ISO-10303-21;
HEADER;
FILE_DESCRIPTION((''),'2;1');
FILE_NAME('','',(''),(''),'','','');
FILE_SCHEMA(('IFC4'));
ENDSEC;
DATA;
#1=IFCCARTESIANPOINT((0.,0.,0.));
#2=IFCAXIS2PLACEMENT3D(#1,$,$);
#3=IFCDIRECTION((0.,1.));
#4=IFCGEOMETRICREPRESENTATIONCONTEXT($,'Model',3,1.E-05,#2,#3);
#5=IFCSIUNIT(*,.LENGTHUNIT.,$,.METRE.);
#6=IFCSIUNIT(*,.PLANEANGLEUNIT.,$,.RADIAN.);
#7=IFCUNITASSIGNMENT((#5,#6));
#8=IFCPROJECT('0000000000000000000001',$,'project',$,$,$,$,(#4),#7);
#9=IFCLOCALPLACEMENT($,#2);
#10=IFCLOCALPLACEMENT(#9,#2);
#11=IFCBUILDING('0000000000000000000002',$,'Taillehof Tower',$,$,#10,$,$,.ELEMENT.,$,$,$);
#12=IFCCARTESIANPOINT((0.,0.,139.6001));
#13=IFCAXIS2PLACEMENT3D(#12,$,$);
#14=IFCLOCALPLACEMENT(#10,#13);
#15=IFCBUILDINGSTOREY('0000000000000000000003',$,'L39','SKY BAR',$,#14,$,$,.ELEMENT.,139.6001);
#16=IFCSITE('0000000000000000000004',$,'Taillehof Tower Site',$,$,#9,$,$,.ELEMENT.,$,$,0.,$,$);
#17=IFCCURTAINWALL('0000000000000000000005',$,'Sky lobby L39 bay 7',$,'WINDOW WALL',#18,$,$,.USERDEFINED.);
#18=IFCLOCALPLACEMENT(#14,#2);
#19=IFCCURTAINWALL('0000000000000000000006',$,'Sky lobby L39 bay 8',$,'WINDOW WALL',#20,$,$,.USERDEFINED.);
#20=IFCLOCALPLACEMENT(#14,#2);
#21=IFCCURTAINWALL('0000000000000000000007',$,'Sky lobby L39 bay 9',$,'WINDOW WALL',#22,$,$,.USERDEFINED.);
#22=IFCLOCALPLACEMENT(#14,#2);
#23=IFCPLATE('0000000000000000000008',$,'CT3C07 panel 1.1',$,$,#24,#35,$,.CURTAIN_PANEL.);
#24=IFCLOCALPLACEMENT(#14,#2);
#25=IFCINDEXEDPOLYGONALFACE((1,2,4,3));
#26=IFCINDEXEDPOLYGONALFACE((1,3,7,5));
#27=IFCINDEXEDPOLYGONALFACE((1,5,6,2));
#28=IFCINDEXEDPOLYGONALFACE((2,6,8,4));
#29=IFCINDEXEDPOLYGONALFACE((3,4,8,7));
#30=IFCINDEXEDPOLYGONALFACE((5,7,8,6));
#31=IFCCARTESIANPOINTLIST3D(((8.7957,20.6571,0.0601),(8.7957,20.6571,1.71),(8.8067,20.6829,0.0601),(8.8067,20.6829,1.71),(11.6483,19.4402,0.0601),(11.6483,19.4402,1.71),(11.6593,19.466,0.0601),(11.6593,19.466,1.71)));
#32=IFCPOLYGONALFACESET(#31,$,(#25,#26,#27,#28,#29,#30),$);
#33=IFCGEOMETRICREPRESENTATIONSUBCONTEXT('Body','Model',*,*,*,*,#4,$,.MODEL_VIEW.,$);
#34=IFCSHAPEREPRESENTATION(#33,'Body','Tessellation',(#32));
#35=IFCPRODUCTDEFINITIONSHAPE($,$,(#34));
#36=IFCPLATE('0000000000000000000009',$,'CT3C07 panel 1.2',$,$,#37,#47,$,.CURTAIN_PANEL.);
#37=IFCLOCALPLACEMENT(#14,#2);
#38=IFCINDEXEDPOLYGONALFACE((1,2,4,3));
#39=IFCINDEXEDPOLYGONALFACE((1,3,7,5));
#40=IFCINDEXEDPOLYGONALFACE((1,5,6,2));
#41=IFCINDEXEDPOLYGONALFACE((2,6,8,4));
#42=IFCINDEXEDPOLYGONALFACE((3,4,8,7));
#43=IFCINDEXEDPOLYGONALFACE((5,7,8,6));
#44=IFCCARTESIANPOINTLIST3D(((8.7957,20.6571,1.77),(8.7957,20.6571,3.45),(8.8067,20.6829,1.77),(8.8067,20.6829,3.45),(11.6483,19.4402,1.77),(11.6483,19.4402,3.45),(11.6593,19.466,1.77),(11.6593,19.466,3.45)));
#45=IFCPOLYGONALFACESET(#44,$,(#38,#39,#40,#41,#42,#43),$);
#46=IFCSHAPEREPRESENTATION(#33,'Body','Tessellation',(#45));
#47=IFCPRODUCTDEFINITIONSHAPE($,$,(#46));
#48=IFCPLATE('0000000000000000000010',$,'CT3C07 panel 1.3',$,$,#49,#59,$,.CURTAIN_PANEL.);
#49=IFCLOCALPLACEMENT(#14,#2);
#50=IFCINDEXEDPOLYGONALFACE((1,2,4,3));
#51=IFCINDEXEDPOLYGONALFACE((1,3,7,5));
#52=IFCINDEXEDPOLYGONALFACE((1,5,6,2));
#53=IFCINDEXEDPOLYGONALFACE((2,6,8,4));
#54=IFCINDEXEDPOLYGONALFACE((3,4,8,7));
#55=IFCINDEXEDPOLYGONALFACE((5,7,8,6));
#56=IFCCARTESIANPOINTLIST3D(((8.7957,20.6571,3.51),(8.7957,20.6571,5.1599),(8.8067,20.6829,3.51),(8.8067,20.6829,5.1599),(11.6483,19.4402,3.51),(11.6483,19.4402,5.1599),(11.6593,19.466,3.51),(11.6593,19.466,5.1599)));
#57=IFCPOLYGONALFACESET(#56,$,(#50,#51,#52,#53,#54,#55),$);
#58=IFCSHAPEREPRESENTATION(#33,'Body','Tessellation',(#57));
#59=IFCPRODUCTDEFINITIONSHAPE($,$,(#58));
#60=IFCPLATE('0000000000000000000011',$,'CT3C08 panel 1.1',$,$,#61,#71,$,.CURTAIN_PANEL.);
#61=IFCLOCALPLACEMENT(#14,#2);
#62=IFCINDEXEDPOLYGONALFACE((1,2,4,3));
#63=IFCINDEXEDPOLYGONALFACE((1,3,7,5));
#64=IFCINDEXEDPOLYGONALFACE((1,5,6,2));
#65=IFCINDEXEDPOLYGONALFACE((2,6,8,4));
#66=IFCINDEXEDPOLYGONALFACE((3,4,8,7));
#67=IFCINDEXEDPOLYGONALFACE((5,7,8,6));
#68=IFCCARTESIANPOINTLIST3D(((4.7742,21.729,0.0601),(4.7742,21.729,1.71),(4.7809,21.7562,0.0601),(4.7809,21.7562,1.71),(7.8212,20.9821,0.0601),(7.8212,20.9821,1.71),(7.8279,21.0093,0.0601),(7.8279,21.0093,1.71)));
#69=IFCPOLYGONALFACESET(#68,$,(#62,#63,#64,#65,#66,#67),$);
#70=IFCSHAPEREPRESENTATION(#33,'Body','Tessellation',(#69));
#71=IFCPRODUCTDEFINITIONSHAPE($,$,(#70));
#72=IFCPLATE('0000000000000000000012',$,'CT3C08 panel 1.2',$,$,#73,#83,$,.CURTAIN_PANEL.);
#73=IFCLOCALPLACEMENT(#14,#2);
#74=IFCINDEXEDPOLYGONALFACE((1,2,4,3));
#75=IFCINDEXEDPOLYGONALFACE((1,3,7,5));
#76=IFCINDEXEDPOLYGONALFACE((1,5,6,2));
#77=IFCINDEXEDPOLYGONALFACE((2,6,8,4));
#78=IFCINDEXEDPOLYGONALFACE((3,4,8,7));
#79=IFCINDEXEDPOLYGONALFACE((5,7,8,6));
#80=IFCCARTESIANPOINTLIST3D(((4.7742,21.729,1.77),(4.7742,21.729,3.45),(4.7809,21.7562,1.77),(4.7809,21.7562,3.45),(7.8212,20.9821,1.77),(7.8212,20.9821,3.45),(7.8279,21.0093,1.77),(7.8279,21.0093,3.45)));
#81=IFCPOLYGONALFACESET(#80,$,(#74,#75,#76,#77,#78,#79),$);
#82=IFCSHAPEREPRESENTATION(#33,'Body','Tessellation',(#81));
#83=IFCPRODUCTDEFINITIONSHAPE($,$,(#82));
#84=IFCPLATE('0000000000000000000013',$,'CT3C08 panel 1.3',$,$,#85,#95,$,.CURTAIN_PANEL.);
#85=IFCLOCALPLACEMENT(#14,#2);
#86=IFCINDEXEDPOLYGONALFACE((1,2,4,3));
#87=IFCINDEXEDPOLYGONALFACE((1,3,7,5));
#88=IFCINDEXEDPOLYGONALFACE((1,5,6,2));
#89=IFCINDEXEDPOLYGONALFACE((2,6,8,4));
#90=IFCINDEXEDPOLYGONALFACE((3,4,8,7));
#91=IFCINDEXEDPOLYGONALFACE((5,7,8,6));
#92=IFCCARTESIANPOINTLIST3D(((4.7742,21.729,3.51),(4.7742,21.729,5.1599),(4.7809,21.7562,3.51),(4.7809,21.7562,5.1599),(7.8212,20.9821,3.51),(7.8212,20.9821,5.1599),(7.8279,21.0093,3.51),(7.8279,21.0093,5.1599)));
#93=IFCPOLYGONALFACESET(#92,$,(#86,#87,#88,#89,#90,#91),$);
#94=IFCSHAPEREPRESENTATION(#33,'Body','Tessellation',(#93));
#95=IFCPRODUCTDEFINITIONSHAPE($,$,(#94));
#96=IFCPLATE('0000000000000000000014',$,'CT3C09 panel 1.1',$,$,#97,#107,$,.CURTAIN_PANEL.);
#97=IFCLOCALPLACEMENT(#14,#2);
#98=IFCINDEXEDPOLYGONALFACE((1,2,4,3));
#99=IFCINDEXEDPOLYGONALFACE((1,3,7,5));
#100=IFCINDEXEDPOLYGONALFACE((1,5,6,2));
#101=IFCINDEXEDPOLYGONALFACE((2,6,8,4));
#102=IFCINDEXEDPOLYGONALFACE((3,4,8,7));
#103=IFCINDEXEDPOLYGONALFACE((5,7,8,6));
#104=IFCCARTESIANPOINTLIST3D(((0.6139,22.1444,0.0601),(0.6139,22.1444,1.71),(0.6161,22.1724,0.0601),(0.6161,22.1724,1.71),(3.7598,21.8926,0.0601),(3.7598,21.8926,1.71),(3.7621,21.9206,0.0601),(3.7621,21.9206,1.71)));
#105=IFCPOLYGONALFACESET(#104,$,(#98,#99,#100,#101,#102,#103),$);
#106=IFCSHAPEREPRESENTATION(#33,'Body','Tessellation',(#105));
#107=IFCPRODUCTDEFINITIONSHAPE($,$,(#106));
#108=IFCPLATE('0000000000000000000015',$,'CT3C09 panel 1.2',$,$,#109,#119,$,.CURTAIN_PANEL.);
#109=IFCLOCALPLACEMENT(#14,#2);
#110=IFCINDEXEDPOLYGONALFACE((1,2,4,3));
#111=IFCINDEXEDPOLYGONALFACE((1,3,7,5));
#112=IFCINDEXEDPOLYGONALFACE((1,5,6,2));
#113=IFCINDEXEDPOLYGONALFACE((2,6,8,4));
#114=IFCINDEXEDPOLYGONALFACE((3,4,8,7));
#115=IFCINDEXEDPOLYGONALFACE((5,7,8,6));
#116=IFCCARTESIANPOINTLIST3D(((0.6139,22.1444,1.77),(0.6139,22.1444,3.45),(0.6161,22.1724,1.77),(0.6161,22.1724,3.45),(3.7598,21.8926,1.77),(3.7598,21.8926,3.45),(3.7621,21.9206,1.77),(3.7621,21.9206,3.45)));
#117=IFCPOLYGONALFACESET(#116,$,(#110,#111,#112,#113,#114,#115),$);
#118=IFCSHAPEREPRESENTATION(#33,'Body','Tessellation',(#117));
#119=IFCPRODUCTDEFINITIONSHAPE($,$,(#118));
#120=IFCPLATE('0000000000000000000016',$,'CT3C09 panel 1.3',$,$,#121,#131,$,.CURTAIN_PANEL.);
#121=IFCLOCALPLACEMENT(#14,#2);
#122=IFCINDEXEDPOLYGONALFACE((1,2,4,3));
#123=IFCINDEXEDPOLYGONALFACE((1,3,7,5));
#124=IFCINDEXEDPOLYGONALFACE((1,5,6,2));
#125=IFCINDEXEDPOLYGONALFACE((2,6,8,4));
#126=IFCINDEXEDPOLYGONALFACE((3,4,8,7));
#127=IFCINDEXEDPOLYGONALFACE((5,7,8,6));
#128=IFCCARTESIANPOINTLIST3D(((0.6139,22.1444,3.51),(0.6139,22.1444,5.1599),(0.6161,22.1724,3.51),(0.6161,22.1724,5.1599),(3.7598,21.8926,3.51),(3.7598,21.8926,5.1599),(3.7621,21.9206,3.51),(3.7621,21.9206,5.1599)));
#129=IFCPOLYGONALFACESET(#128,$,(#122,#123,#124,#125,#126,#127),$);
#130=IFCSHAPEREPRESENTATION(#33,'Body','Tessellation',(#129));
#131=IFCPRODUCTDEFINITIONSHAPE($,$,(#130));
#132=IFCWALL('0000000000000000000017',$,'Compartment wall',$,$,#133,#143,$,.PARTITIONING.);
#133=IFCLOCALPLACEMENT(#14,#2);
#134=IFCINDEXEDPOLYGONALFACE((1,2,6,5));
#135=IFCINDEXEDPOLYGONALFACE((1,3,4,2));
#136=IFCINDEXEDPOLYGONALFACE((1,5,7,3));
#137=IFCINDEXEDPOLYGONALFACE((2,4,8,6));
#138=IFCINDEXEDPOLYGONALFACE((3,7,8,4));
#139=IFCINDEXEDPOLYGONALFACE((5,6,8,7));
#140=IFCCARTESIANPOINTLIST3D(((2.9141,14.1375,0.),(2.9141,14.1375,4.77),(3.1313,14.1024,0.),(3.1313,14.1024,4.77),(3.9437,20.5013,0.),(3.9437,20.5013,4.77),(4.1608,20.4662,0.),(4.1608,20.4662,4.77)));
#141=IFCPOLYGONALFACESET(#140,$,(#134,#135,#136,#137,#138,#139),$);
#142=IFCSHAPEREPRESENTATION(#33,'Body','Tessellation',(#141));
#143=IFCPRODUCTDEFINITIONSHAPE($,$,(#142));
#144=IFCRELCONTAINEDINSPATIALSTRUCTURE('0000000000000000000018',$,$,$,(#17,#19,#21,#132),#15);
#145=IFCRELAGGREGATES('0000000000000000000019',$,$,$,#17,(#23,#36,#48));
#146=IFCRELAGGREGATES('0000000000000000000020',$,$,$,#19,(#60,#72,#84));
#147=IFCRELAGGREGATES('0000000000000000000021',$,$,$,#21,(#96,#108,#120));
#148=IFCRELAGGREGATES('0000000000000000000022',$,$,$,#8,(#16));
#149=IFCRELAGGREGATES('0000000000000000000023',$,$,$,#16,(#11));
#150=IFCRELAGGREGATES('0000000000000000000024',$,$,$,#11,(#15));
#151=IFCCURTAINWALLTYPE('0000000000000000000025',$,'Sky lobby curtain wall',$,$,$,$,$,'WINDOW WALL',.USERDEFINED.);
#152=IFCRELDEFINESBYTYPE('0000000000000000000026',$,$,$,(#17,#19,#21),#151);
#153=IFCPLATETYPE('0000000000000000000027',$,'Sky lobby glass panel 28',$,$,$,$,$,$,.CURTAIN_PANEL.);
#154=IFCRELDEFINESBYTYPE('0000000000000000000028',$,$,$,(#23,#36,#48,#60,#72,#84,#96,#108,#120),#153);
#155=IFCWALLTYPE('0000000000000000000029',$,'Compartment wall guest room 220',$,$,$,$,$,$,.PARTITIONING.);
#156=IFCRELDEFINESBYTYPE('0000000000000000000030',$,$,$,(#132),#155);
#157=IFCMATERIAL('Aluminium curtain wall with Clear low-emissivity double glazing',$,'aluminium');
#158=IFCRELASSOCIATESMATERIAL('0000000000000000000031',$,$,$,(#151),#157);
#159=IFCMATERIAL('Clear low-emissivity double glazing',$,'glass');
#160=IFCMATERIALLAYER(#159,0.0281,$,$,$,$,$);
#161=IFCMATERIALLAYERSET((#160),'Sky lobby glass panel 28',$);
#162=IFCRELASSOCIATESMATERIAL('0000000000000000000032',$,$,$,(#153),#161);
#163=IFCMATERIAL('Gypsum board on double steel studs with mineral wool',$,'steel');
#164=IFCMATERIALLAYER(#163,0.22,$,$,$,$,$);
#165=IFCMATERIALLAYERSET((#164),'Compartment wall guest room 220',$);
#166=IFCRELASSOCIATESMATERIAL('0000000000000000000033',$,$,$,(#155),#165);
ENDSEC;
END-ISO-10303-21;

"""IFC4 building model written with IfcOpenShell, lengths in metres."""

from ifc_helpers import new_model, si_unit, direction, frame, frame_2d, origin, origin_2d, place, context, subcontext, project, spatial, rectangle, extrude, material, layer, layer_set, type_object, element, aggregate, save


model = new_model("IFC4")

# Units and contexts
model_context = context("Model", 3, precision=1e-05, world=origin(), true_north=direction((0.0, 1.0)))
body_context = subcontext(model_context, "Body", "Model", "MODEL_VIEW")
ifc_project = project(units=[si_unit("LENGTHUNIT", "METRE"), si_unit("PLANEANGLEUNIT", "RADIAN")], contexts=[model_context])

# Site, building, storey
site_placement = place(None, origin())
site = spatial("IfcSite", under=ifc_project, at=site_placement, Name="Taillehof Tower Site", CompositionType="ELEMENT", RefElevation=0.0)
building_placement = place(site_placement, origin())
building = spatial("IfcBuilding", under=site, at=building_placement, Name="Taillehof Tower", CompositionType="ELEMENT")
storey_placement = place(building_placement, frame((0.0, 0.0, 139.6001)))
storey = spatial("IfcBuildingStorey", under=building, at=storey_placement, Name="L39", Description="SKY BAR", CompositionType="ELEMENT", Elevation=139.6001)

# Shared definitions
ifc_material_1 = material(Name="Aluminium curtain wall with Clear low-emissivity double glazing", Category="aluminium")
curtain_wall_type = type_object("IfcCurtainWallType", Name="Sky lobby curtain wall", ElementType="WINDOW WALL", PredefinedType="USERDEFINED", material=ifc_material_1)

# Curtain walls
curtain_wall_1_placement = place(storey_placement, origin())
curtain_wall_1 = element("IfcCurtainWall", 1, at=curtain_wall_1_placement, inside=storey, type_object=curtain_wall_type, Name="Sky lobby L39 bay 7", ObjectType="WINDOW WALL", PredefinedType="USERDEFINED")
curtain_wall_2_placement = place(storey_placement, origin())
curtain_wall_2 = element("IfcCurtainWall", 2, at=curtain_wall_2_placement, inside=storey, type_object=curtain_wall_type, Name="Sky lobby L39 bay 8", ObjectType="WINDOW WALL", PredefinedType="USERDEFINED")
curtain_wall_3_placement = place(storey_placement, origin())
curtain_wall_3 = element("IfcCurtainWall", 3, at=curtain_wall_3_placement, inside=storey, type_object=curtain_wall_type, Name="Sky lobby L39 bay 9", ObjectType="WINDOW WALL", PredefinedType="USERDEFINED")

# Plates
ifc_material_2 = material(Name="Clear low-emissivity double glazing", Category="glass")
ifc_layer_1 = layer(ifc_material_2, 0.0281)
ifc_layer_set_1 = layer_set([ifc_layer_1], Name="Sky lobby glass panel 28")
plate_type = type_object("IfcPlateType", Name="Sky lobby glass panel 28", PredefinedType="CURTAIN_PANEL", material=ifc_layer_set_1)
plate_1_placement = place(storey_placement, frame((10.2275, 20.0615, 0.0601), z_axis=(0.0, 0.0, 1.0), x_axis=(-0.919804, 0.392379, 0.0)))
plate_1 = element("IfcPlate", 4, at=plate_1_placement, type_object=plate_type, Name="CT3C07 panel 1.1", PredefinedType="CURTAIN_PANEL", context=body_context, shape_type="SweptSolid", body=[
    extrude(rectangle(XDim=3.1013, YDim=0.0281, at=origin_2d()), origin(), (0.0, 0.0, 1.0), 1.6499),
])
plate_2_placement = place(storey_placement, frame((10.2275, 20.0615, 1.77), z_axis=(0.0, 0.0, 1.0), x_axis=(-0.919804, 0.392379, 0.0)))
plate_2 = element("IfcPlate", 5, at=plate_2_placement, type_object=plate_type, Name="CT3C07 panel 1.2", PredefinedType="CURTAIN_PANEL", context=body_context, shape_type="SweptSolid", body=[
    extrude(rectangle(XDim=3.1013, YDim=0.0281, at=origin_2d()), origin(), (0.0, 0.0, 1.0), 1.6799),
])
plate_3_placement = place(storey_placement, frame((10.2275, 20.0615, 3.51), z_axis=(0.0, 0.0, 1.0), x_axis=(-0.919804, 0.392379, 0.0)))
plate_3 = element("IfcPlate", 6, at=plate_3_placement, type_object=plate_type, Name="CT3C07 panel 1.3", PredefinedType="CURTAIN_PANEL", context=body_context, shape_type="SweptSolid", body=[
    extrude(rectangle(XDim=3.1013, YDim=0.0281, at=origin_2d()), origin(), (0.0, 0.0, 1.0), 1.6499),
])
aggregate(curtain_wall_1, [plate_1, plate_2, plate_3])
plate_4_placement = place(storey_placement, frame((6.301, 21.3691, 0.0601), z_axis=(0.0, 0.0, 1.0), x_axis=(-0.971246, 0.238077, 0.0)))
plate_4 = element("IfcPlate", 7, at=plate_4_placement, type_object=plate_type, Name="CT3C08 panel 1.1", PredefinedType="CURTAIN_PANEL", context=body_context, shape_type="SweptSolid", body=[
    extrude(rectangle(XDim=3.1372, YDim=0.0281, at=origin_2d()), origin(), (0.0, 0.0, 1.0), 1.6499),
])
plate_5_placement = place(storey_placement, frame((6.301, 21.3691, 1.77), z_axis=(0.0, 0.0, 1.0), x_axis=(-0.971246, 0.238077, 0.0)))
plate_5 = element("IfcPlate", 8, at=plate_5_placement, type_object=plate_type, Name="CT3C08 panel 1.2", PredefinedType="CURTAIN_PANEL", context=body_context, shape_type="SweptSolid", body=[
    extrude(rectangle(XDim=3.1372, YDim=0.0281, at=origin_2d()), origin(), (0.0, 0.0, 1.0), 1.6799),
])
plate_6_placement = place(storey_placement, frame((6.301, 21.3691, 3.51), z_axis=(0.0, 0.0, 1.0), x_axis=(-0.971246, 0.238077, 0.0)))
plate_6 = element("IfcPlate", 9, at=plate_6_placement, type_object=plate_type, Name="CT3C08 panel 1.3", PredefinedType="CURTAIN_PANEL", context=body_context, shape_type="SweptSolid", body=[
    extrude(rectangle(XDim=3.1372, YDim=0.0281, at=origin_2d()), origin(), (0.0, 0.0, 1.0), 1.6499),
])
aggregate(curtain_wall_2, [plate_4, plate_5, plate_6])
plate_7_placement = place(storey_placement, frame((2.188, 22.0325, 0.0601), z_axis=(0.0, 0.0, 1.0), x_axis=(-0.996812, 0.079781, 0.0)))
plate_7 = element("IfcPlate", 10, at=plate_7_placement, type_object=plate_type, Name="CT3C09 panel 1.1", PredefinedType="CURTAIN_PANEL", context=body_context, shape_type="SweptSolid", body=[
    extrude(rectangle(XDim=3.156, YDim=0.0281, at=origin_2d()), origin(), (0.0, 0.0, 1.0), 1.6499),
])
plate_8_placement = place(storey_placement, frame((2.188, 22.0325, 1.77), z_axis=(0.0, 0.0, 1.0), x_axis=(-0.996812, 0.079781, 0.0)))
plate_8 = element("IfcPlate", 11, at=plate_8_placement, type_object=plate_type, Name="CT3C09 panel 1.2", PredefinedType="CURTAIN_PANEL", context=body_context, shape_type="SweptSolid", body=[
    extrude(rectangle(XDim=3.156, YDim=0.0281, at=origin_2d()), origin(), (0.0, 0.0, 1.0), 1.6799),
])
plate_9_placement = place(storey_placement, frame((2.188, 22.0325, 3.51), z_axis=(0.0, 0.0, 1.0), x_axis=(-0.996812, 0.079781, 0.0)))
plate_9 = element("IfcPlate", 12, at=plate_9_placement, type_object=plate_type, Name="CT3C09 panel 1.3", PredefinedType="CURTAIN_PANEL", context=body_context, shape_type="SweptSolid", body=[
    extrude(rectangle(XDim=3.156, YDim=0.0281, at=origin_2d()), origin(), (0.0, 0.0, 1.0), 1.6499),
])
aggregate(curtain_wall_3, [plate_7, plate_8, plate_9])

# Wall
ifc_material_3 = material(Name="Gypsum board on double steel studs with mineral wool", Category="steel")
ifc_layer_2 = layer(ifc_material_3, 0.22)
ifc_layer_set_2 = layer_set([ifc_layer_2], Name="Compartment wall guest room 220")
wall_type = type_object("IfcWallType", Name="Compartment wall guest room 220", PredefinedType="PARTITIONING", material=ifc_layer_set_2)
wall_placement = place(storey_placement, frame((4.0522, 20.4836, 0.0), z_axis=(0.0, 0.0, 1.0), x_axis=(-0.159705, -0.987165, 0.0)))
element("IfcWall", 13, at=wall_placement, inside=storey, type_object=wall_type, Name="Compartment wall", PredefinedType="PARTITIONING", context=body_context, shape_type="SweptSolid", body=[
    extrude(rectangle(XDim=6.4465, YDim=0.22, at=frame_2d((3.2231, 0.0))), origin(), (0.0, 0.0, 1.0), 4.77),
])

save(model, "model.ifc")
